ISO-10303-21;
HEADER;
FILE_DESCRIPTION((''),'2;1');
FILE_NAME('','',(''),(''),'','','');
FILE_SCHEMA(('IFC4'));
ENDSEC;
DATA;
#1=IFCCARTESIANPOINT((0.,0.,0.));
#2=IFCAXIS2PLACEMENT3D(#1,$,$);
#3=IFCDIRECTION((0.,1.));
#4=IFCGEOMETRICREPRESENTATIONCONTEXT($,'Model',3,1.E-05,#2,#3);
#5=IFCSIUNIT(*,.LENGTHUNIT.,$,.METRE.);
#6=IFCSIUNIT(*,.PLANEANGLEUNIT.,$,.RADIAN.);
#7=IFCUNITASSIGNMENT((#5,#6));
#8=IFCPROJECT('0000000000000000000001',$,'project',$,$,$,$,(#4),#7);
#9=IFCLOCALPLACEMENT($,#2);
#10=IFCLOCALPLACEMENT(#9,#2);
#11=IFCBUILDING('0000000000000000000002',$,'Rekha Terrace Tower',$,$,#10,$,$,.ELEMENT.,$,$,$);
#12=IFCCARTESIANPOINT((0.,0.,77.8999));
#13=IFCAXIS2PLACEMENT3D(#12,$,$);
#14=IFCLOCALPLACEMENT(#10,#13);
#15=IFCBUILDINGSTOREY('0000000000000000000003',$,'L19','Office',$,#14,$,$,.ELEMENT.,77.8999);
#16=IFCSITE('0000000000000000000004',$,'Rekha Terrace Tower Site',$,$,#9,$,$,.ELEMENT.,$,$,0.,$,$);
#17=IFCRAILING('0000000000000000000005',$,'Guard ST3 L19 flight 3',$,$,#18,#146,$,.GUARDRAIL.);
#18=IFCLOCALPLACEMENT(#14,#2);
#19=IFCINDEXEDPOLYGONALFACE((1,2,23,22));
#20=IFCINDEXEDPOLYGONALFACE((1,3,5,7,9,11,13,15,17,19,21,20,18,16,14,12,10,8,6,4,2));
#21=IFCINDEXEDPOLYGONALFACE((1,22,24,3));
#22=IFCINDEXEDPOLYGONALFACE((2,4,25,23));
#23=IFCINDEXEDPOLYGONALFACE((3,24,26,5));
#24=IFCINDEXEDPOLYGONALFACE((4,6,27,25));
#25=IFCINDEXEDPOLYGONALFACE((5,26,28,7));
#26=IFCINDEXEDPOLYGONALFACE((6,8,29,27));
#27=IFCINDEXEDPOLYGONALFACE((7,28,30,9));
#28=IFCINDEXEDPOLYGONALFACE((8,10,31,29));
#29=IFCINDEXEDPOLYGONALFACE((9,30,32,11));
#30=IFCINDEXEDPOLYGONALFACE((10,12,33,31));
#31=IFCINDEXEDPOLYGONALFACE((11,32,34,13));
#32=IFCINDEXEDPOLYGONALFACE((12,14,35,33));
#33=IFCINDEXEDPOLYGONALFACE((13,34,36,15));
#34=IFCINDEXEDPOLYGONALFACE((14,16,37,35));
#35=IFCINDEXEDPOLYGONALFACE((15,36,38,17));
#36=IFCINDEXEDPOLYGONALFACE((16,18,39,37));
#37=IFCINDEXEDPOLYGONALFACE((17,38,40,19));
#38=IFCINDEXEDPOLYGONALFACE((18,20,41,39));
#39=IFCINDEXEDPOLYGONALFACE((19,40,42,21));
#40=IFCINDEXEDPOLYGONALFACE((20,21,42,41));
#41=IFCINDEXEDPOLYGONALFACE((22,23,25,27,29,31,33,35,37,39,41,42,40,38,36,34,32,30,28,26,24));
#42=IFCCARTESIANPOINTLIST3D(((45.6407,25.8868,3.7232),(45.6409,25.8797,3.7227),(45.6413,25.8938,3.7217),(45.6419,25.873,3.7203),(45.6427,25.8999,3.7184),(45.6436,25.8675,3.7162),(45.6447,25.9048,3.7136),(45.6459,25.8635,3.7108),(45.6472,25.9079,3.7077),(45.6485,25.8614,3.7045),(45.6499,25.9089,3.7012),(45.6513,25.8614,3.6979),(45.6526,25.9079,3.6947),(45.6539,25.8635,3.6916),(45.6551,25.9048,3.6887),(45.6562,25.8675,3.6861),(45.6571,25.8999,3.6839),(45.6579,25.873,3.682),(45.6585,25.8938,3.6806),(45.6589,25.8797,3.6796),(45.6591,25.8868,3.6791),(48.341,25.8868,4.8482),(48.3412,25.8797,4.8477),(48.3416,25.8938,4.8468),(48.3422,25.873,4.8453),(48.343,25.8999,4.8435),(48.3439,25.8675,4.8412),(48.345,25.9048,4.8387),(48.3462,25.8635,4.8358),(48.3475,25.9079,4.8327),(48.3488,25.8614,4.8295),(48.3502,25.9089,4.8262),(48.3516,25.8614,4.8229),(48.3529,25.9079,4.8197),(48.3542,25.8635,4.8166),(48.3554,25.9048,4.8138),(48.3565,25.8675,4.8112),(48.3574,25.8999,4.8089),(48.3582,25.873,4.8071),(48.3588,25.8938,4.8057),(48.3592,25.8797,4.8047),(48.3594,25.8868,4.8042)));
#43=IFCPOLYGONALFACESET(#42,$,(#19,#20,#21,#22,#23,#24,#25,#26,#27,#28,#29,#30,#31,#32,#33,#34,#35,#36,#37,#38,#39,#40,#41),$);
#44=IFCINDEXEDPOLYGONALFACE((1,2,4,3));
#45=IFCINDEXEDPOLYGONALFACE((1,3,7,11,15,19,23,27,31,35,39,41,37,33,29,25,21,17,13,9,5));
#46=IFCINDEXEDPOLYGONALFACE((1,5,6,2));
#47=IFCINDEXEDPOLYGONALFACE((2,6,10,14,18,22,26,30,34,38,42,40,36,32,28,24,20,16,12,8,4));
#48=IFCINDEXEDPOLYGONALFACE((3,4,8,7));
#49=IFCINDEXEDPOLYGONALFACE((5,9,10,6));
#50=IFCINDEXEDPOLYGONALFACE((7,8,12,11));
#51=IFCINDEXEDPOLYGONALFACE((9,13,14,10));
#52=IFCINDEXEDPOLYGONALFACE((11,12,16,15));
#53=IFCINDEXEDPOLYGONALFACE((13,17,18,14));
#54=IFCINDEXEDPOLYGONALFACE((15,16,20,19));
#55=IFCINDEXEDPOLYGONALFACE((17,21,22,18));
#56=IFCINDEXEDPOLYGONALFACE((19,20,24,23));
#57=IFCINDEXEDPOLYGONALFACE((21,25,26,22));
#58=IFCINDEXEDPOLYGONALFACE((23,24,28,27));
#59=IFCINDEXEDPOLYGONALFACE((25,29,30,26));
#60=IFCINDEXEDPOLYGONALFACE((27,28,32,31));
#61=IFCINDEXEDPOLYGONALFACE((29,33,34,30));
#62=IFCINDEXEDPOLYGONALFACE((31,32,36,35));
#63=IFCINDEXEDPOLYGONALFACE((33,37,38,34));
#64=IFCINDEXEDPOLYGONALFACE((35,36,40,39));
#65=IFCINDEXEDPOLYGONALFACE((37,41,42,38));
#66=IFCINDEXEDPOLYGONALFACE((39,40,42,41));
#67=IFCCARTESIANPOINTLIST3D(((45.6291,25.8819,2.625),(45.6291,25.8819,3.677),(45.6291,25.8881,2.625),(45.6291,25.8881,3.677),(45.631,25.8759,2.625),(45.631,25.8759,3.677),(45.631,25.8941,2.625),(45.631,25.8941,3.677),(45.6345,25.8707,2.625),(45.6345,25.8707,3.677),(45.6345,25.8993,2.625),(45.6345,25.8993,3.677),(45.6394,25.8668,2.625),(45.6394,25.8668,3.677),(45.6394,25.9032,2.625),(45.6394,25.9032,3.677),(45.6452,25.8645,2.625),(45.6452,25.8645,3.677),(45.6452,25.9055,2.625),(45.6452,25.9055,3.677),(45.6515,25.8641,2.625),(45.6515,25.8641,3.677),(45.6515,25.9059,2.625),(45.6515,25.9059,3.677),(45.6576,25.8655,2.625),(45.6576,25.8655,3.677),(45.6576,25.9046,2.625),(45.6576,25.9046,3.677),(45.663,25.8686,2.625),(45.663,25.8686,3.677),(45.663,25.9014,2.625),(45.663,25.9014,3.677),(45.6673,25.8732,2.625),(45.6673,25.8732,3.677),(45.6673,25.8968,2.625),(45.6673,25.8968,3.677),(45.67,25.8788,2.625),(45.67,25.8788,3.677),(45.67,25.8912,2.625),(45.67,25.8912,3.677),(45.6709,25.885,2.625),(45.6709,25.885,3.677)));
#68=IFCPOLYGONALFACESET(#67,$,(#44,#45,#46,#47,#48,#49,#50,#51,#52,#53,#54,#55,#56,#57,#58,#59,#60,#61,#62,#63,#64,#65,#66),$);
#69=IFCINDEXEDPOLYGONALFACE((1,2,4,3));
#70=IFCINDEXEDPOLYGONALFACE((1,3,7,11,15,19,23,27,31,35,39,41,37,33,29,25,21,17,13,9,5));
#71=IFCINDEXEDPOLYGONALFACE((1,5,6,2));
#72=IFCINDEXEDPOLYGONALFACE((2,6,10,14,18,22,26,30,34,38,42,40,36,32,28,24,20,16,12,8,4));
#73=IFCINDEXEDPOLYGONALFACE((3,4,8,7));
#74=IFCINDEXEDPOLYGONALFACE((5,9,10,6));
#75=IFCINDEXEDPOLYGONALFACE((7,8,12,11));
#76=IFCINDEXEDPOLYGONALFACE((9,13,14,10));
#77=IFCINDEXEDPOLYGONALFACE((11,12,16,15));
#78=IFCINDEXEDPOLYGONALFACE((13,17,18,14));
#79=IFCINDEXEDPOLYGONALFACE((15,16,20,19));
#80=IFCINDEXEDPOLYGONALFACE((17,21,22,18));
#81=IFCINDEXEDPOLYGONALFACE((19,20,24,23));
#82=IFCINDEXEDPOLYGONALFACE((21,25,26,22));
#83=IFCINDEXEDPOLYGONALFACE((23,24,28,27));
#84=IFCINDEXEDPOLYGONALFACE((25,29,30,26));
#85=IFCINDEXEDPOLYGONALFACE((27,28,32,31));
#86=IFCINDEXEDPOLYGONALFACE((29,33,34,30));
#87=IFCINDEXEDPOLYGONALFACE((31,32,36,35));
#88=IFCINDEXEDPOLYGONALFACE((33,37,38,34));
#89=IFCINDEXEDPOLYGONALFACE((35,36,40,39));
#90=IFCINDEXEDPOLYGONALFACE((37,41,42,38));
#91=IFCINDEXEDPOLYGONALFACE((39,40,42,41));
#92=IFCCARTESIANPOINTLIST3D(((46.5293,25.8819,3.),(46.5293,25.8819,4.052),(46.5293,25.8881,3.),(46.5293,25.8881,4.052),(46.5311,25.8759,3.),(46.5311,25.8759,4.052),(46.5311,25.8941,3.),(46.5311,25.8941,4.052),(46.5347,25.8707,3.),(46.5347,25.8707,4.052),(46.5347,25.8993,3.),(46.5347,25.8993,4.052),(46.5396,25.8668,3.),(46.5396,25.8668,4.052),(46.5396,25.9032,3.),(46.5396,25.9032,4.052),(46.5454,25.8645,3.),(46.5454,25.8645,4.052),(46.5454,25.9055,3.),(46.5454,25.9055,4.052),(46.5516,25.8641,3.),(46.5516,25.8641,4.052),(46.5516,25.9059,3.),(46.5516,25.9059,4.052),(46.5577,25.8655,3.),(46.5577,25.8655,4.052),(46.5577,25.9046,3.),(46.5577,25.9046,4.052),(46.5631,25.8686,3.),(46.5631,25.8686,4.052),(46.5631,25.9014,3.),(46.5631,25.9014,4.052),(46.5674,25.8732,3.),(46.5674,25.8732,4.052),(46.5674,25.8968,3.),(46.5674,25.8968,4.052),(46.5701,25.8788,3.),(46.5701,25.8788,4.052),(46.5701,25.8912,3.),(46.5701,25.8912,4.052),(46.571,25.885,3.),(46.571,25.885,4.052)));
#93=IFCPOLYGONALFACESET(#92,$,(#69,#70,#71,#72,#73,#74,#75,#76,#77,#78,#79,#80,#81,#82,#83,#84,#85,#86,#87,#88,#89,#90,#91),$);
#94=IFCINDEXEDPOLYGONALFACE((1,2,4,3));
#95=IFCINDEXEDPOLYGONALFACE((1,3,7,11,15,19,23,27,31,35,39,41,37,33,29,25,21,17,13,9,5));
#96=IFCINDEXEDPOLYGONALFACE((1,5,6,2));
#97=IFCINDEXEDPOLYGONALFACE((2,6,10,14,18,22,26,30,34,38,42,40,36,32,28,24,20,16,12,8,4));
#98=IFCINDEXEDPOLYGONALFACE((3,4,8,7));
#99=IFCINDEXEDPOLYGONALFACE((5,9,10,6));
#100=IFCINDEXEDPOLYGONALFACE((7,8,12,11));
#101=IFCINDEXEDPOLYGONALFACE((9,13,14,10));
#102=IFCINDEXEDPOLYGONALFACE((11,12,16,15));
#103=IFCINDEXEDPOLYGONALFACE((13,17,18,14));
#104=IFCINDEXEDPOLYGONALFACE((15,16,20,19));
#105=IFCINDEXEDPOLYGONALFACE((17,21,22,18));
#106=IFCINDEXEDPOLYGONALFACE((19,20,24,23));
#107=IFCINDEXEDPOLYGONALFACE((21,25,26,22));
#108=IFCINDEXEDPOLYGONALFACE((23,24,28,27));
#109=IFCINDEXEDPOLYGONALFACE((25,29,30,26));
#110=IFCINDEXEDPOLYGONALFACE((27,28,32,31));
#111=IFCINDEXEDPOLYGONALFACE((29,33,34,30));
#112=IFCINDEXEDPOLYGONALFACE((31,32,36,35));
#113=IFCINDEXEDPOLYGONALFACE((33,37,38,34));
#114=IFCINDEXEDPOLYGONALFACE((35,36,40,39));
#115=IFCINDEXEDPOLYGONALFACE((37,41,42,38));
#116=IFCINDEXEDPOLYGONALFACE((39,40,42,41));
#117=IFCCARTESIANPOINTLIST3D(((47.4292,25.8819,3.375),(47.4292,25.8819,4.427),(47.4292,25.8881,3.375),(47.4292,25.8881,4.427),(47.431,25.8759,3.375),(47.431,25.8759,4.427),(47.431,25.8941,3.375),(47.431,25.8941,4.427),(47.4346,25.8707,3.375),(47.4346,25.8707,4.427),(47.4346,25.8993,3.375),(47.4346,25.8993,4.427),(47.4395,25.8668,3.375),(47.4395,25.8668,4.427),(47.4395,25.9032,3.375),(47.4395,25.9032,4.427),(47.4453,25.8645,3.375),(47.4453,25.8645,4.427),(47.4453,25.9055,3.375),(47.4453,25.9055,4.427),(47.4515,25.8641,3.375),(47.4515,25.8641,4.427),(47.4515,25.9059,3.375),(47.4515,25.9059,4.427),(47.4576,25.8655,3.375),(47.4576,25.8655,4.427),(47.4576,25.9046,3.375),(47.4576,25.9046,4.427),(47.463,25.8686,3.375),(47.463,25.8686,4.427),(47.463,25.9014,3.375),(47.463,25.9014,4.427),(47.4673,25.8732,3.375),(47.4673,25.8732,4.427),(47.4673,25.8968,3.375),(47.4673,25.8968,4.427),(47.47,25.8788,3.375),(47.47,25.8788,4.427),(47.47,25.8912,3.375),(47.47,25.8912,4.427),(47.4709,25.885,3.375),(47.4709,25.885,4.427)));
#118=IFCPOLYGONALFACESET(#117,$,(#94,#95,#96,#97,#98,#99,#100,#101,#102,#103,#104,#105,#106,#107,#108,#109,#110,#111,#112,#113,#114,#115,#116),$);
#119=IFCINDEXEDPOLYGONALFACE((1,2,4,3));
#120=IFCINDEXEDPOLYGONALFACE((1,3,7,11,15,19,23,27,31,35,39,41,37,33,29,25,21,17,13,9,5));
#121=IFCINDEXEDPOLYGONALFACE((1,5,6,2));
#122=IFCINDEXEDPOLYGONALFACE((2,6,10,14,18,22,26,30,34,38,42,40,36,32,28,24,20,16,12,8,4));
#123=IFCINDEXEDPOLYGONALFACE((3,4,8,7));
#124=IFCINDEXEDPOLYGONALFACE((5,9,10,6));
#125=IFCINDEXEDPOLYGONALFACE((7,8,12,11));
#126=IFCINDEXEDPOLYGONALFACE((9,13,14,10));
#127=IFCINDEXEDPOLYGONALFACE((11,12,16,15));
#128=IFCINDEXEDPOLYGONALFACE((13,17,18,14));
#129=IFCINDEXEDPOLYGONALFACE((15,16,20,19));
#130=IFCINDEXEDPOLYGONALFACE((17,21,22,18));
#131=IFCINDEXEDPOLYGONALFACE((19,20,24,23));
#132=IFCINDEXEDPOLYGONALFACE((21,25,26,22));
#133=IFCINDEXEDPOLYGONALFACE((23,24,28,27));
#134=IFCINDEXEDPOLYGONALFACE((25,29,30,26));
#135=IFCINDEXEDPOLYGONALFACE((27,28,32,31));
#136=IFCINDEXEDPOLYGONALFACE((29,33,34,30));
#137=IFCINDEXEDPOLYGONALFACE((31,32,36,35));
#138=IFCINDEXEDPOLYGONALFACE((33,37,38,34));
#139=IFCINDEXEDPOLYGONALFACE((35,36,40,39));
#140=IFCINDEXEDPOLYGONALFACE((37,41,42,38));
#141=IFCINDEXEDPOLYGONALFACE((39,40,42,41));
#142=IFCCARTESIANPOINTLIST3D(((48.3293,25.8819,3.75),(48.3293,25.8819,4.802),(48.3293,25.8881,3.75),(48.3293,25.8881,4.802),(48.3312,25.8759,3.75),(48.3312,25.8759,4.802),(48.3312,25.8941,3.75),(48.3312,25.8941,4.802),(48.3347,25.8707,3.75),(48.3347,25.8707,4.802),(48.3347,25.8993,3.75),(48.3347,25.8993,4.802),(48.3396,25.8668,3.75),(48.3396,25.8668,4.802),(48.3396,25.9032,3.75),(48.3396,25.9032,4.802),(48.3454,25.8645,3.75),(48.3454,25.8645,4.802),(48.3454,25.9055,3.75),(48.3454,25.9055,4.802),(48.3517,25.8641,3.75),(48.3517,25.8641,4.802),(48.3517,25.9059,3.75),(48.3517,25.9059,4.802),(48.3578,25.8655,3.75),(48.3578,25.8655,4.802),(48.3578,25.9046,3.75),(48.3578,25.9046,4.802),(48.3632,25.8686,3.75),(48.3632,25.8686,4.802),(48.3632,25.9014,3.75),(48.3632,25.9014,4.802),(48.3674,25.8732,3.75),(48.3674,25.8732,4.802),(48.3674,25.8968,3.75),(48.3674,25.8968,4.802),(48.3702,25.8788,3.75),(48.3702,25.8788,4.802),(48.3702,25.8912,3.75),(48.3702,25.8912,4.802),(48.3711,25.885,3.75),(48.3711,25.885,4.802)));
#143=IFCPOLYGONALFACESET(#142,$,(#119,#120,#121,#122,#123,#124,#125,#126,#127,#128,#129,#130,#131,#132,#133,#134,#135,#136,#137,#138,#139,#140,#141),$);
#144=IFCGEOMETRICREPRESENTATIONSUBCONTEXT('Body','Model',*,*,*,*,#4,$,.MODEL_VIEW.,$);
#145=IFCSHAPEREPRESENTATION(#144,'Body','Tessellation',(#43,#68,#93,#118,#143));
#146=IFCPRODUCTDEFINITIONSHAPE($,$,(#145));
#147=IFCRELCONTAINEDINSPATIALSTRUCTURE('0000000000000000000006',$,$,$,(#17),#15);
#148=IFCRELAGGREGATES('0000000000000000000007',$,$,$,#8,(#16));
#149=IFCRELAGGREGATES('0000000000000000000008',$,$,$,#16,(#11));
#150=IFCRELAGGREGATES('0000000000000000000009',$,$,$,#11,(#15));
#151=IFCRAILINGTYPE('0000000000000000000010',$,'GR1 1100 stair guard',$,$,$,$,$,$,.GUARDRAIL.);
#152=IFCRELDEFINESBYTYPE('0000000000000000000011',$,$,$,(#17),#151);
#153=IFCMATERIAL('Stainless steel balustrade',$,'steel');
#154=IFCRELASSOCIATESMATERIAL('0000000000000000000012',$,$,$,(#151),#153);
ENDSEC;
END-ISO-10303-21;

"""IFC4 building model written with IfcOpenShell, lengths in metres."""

from ifc_helpers import new_model, si_unit, direction, frame, origin, origin_2d, place, context, subcontext, project, spatial, circle, extrude, material, type_object, element, save


model = new_model("IFC4")

# Units and contexts
model_context = context("Model", 3, precision=1e-05, world=origin(), true_north=direction((0.0, 1.0)))
body_context = subcontext(model_context, "Body", "Model", "MODEL_VIEW")
ifc_project = project(units=[si_unit("LENGTHUNIT", "METRE"), si_unit("PLANEANGLEUNIT", "RADIAN")], contexts=[model_context])

# Site, building, storey
site_placement = place(None, origin())
site = spatial("IfcSite", under=ifc_project, at=site_placement, Name="Rekha Terrace Tower Site", CompositionType="ELEMENT", RefElevation=0.0)
building_placement = place(site_placement, origin())
building = spatial("IfcBuilding", under=site, at=building_placement, Name="Rekha Terrace Tower", CompositionType="ELEMENT")
storey_placement = place(building_placement, frame((0.0, 0.0, 77.8999)))
storey = spatial("IfcBuildingStorey", under=building, at=storey_placement, Name="L19", Description="Office", CompositionType="ELEMENT", Elevation=77.8999)

# Railing
ifc_material_1 = material(Name="Stainless steel balustrade", Category="steel")
railing_type_1 = type_object("IfcRailingType", Name="GR1 1100 stair guard", PredefinedType="GUARDRAIL", material=ifc_material_1)
railing_1_placement = place(storey_placement, frame((45.6499, 25.885, 2.625)))
element("IfcRailing", 1, at=railing_1_placement, inside=storey, type_object=railing_type_1, Name="Guard ST3 L19 flight 3", PredefinedType="GUARDRAIL", context=body_context, shape_type="SweptSolid", body=[
    extrude(circle(Radius=0.0239, at=origin_2d()), frame((0.0, 0.0, 1.0762), z_axis=(0.923087, 0.0, 0.384592), x_axis=(0.0, 1.0, 0.0)), (0.0, 0.0, 1.0), 2.9253),
    extrude(circle(Radius=0.021, at=origin_2d()), origin(), (0.0, 0.0, 1.0), 1.052),
    extrude(circle(Radius=0.021, at=origin_2d()), frame((0.9001, 0.0, 0.375)), (0.0, 0.0, 1.0), 1.052),
    extrude(circle(Radius=0.021, at=origin_2d()), frame((1.8, 0.0, 0.75)), (0.0, 0.0, 1.0), 1.052),
    extrude(circle(Radius=0.021, at=origin_2d()), frame((2.7002, 0.0, 1.125)), (0.0, 0.0, 1.0), 1.052),
])

save(model, "model.ifc")
